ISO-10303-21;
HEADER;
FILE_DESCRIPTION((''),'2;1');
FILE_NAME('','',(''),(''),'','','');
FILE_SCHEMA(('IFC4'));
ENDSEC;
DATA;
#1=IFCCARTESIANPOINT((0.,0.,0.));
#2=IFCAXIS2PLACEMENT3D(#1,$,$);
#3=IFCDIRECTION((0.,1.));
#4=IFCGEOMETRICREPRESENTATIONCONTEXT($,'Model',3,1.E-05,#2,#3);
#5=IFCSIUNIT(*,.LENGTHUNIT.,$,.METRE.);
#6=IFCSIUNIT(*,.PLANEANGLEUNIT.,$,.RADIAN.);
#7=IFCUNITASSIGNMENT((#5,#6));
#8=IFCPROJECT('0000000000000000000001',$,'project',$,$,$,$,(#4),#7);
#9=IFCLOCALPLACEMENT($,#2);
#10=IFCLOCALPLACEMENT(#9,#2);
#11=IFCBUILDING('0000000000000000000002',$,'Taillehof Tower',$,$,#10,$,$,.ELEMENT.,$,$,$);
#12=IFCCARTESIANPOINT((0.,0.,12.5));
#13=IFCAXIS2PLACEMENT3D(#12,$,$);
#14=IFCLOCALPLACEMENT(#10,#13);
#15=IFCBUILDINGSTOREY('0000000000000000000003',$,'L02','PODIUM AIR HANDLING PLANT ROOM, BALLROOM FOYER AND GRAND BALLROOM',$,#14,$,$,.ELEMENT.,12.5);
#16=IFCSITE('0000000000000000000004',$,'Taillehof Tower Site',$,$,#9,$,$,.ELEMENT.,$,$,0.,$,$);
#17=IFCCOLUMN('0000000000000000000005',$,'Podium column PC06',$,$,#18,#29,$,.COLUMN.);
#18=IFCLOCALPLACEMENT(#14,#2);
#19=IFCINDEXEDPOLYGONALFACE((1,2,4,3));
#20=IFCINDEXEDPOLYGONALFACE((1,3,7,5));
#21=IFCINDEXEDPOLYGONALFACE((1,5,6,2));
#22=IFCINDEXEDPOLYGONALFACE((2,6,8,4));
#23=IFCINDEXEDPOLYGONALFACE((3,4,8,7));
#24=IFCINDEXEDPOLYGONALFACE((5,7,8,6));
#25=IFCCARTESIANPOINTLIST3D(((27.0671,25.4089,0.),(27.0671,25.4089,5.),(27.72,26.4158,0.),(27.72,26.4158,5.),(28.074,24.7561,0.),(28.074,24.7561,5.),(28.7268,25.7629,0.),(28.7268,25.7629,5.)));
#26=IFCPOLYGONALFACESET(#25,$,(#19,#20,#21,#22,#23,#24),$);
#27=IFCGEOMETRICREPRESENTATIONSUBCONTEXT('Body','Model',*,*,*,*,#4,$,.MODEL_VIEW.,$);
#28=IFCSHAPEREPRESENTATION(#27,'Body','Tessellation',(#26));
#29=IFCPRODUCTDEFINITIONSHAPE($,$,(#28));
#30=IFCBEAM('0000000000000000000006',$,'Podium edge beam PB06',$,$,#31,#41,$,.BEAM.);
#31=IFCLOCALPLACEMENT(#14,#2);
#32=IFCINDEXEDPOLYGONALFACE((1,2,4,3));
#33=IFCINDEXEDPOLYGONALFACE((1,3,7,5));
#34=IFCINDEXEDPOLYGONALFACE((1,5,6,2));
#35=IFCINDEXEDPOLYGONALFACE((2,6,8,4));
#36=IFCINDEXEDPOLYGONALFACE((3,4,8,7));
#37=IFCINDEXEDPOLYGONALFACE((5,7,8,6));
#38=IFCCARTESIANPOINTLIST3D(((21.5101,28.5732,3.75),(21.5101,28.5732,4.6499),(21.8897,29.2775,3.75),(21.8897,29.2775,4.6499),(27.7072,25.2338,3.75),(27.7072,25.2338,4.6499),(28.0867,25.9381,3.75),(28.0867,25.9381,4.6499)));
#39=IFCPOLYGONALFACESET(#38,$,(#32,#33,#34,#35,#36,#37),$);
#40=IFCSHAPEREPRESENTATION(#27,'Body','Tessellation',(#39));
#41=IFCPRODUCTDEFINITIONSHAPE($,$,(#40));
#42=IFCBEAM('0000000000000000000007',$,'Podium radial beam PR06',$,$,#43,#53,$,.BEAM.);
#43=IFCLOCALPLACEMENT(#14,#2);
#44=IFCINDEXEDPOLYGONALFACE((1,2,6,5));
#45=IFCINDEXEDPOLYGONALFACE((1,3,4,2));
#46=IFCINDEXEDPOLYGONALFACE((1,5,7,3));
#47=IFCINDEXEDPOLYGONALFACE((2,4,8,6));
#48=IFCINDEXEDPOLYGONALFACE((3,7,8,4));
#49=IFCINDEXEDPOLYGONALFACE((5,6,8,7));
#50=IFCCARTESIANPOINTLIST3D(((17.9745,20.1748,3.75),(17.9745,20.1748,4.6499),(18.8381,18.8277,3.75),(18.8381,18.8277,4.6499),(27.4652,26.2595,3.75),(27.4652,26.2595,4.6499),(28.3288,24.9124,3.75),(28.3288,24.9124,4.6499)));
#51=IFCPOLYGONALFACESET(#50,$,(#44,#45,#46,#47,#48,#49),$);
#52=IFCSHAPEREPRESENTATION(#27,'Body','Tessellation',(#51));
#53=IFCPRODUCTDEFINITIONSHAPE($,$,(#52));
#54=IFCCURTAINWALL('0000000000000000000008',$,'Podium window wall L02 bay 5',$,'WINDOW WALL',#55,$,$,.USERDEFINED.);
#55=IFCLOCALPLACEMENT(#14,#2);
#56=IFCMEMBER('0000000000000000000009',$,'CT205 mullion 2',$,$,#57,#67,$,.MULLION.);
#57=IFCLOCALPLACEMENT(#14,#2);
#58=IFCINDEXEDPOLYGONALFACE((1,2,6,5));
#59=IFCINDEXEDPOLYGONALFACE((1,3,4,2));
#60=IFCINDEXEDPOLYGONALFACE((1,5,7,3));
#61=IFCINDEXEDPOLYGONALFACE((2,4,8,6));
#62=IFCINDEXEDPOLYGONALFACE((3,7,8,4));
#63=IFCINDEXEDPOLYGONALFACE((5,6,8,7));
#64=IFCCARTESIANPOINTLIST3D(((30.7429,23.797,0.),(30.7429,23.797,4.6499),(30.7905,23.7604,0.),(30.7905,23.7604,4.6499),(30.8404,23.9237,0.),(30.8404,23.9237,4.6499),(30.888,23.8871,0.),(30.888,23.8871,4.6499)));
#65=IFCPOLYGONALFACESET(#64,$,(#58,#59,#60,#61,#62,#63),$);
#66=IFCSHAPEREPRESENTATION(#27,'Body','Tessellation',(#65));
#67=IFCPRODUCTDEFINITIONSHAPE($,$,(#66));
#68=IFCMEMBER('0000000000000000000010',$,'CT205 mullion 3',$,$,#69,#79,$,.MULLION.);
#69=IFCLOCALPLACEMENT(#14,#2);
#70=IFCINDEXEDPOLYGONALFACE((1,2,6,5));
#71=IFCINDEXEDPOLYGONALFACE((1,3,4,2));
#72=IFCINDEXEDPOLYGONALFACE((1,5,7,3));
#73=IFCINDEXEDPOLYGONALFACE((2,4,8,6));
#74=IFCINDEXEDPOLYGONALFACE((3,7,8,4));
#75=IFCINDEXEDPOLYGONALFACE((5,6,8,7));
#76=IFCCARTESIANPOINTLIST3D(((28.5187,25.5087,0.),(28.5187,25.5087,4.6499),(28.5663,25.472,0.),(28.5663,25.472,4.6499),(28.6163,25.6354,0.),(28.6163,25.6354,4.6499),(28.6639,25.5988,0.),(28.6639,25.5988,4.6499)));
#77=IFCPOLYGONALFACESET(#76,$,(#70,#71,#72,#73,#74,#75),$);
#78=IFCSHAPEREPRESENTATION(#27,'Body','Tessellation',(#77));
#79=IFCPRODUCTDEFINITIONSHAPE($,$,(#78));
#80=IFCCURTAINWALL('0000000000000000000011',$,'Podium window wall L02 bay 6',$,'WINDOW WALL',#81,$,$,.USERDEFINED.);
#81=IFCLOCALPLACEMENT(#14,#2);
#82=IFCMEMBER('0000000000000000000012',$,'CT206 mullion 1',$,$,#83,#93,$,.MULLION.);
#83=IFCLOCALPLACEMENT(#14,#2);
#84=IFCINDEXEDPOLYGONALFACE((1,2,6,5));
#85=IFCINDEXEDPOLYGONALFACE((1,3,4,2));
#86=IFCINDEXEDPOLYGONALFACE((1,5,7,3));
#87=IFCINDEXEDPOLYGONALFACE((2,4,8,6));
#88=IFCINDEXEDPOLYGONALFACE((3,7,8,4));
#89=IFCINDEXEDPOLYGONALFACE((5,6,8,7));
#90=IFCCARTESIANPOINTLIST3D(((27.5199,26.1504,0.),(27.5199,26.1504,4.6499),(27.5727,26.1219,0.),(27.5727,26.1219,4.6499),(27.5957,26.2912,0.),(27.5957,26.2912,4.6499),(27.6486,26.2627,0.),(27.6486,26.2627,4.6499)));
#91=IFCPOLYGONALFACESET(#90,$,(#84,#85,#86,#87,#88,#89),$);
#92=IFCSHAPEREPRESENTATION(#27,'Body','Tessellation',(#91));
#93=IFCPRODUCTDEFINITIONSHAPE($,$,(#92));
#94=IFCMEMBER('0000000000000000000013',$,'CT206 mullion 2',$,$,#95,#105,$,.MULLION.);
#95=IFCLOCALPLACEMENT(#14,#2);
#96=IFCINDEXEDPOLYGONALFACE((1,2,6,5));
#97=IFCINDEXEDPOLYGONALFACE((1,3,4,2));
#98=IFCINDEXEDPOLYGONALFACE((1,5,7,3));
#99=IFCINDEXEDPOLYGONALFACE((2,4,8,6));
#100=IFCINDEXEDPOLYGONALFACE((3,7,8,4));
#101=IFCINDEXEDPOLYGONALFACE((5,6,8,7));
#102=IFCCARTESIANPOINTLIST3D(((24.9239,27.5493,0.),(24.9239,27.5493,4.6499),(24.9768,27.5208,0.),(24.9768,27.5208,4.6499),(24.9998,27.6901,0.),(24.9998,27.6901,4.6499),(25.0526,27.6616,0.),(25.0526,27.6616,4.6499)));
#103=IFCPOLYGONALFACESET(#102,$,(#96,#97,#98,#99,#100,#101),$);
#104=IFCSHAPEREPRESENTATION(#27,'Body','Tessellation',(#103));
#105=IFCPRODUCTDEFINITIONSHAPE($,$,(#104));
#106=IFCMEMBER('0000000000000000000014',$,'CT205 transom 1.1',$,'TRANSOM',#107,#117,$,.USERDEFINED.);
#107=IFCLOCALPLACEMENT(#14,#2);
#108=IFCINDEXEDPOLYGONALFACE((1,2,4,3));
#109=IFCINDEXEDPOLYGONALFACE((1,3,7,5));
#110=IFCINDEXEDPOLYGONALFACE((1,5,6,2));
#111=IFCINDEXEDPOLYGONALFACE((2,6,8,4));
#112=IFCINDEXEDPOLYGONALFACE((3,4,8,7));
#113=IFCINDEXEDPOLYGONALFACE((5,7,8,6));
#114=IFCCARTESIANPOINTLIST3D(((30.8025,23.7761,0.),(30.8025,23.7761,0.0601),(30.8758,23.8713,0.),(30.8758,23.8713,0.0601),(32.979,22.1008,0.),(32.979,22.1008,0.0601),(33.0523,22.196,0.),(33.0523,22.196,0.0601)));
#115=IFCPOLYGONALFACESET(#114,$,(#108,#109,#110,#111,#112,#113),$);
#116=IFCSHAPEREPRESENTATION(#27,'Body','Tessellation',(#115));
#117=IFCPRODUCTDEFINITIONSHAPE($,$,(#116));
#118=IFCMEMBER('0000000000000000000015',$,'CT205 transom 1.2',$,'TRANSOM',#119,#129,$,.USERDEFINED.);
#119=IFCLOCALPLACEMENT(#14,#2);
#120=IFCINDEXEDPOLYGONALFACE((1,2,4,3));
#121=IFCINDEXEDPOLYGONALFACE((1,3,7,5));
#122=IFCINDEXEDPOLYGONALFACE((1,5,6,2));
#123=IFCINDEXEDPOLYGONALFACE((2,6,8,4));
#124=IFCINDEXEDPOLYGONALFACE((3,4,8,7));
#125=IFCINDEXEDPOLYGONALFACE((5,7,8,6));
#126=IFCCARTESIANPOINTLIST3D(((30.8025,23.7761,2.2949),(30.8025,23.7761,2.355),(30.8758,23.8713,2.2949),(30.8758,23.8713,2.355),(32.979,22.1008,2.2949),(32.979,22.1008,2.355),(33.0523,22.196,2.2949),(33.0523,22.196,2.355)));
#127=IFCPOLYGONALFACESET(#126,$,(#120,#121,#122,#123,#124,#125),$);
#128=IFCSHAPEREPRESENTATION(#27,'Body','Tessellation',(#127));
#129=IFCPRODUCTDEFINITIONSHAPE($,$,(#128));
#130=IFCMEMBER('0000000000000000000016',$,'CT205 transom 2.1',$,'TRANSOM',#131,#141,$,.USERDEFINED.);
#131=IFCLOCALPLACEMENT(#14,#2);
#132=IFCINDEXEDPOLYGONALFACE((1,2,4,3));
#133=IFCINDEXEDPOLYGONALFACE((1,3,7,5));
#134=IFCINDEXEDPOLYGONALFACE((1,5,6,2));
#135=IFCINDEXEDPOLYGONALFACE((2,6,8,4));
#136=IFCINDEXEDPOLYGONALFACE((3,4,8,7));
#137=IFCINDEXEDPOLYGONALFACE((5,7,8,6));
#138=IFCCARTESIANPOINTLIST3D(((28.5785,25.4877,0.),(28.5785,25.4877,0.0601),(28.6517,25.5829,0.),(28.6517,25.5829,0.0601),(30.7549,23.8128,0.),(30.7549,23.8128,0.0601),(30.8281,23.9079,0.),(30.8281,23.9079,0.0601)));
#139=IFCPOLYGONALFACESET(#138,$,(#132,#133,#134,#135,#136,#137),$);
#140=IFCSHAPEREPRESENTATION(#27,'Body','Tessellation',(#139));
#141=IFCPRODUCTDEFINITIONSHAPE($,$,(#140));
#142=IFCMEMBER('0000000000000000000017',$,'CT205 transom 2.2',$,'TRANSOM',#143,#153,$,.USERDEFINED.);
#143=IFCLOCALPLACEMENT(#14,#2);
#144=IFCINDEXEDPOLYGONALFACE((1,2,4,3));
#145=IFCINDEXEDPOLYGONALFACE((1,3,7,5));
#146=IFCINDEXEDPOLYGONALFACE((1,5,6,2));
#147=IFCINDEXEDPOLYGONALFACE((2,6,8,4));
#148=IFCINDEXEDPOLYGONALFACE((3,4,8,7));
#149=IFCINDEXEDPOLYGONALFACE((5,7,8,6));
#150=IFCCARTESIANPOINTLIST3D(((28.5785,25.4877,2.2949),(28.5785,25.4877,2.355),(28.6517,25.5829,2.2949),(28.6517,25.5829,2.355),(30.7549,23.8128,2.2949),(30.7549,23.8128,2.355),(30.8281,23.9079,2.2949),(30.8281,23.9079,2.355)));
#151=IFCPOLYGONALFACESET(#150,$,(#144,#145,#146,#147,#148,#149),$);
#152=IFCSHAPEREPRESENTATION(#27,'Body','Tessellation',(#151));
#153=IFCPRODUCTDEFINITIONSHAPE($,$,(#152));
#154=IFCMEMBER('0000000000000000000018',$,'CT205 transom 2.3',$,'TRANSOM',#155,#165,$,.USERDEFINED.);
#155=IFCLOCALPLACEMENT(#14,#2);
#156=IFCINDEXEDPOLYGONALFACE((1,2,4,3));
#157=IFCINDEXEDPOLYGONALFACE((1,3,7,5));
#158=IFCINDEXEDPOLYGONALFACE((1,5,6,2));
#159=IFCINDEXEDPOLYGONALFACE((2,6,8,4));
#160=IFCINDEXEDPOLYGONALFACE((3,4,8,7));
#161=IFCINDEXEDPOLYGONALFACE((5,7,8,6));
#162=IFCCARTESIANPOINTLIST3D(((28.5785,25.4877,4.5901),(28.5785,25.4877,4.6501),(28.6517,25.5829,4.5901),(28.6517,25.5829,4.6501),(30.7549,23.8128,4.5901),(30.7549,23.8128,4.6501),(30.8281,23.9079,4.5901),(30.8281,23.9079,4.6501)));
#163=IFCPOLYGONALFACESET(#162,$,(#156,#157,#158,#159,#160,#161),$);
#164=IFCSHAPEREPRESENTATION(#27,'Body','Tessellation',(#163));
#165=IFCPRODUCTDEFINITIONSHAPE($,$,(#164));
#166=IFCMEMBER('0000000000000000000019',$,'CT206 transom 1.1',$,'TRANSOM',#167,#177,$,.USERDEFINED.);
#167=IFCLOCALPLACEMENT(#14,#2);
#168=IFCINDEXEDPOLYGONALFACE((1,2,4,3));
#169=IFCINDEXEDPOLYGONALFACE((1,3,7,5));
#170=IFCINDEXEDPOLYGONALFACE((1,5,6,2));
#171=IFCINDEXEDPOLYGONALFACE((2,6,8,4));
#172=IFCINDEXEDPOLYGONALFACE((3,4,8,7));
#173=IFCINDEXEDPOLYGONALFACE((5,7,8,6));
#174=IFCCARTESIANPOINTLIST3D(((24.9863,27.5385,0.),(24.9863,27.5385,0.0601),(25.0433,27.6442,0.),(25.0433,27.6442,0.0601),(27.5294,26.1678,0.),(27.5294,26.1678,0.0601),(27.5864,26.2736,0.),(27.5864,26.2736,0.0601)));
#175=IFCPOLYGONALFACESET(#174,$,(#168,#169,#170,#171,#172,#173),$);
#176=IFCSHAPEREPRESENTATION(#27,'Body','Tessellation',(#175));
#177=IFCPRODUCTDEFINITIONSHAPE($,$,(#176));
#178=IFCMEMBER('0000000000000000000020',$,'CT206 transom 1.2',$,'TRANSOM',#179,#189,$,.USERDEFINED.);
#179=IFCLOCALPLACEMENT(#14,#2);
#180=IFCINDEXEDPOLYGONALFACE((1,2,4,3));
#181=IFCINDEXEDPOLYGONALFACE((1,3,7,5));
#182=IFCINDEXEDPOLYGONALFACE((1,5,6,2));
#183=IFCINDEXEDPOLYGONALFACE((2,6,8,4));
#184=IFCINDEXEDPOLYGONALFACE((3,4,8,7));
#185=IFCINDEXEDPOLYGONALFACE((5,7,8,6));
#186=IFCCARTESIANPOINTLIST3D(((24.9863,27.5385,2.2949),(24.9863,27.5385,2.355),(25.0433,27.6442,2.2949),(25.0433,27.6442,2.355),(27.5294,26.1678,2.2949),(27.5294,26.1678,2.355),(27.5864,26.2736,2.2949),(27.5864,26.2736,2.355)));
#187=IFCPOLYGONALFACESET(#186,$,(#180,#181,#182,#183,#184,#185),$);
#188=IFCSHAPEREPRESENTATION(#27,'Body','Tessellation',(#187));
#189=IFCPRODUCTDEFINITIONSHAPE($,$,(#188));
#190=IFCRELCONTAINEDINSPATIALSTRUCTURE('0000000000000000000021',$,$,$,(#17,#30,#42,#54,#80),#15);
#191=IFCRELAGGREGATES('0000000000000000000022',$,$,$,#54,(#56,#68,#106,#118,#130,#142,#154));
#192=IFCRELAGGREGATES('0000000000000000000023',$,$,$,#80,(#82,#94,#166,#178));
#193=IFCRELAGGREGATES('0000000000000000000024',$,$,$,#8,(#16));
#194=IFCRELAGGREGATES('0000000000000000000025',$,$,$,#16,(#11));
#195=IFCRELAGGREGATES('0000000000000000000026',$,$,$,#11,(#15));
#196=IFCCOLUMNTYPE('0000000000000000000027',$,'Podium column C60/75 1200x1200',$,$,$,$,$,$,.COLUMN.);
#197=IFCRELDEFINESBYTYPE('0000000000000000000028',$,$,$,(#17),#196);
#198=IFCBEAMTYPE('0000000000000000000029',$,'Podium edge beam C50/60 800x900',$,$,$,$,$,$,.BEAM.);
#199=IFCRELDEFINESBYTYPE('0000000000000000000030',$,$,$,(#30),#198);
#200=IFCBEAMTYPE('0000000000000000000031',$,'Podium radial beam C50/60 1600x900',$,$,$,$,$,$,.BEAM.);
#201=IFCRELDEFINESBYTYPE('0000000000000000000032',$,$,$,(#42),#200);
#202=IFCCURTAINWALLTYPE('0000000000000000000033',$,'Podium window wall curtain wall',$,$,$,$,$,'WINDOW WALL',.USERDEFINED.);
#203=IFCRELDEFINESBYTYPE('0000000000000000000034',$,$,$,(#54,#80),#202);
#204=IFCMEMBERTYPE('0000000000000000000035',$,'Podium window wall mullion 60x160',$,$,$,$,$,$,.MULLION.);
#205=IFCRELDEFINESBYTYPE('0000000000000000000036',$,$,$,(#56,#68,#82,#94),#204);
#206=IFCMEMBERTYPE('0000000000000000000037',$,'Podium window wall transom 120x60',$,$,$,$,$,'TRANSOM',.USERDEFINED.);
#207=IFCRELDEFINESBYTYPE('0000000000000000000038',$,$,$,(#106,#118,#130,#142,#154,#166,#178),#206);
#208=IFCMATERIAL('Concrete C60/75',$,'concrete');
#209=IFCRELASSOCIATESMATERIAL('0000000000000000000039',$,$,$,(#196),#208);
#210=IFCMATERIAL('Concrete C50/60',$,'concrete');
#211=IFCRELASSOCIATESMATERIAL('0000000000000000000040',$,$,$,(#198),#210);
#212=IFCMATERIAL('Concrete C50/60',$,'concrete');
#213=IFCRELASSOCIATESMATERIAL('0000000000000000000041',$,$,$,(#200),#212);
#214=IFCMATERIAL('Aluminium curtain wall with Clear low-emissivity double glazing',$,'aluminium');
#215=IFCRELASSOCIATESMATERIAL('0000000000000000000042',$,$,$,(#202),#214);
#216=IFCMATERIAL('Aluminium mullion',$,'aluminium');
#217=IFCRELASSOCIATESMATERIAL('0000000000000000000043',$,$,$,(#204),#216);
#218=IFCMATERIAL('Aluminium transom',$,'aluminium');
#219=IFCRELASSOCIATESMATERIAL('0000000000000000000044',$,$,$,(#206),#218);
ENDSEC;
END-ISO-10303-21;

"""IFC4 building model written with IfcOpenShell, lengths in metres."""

from ifc_helpers import new_model, si_unit, direction, frame, origin, origin_2d, place, context, subcontext, project, spatial, rectangle, extrude, material, material_profile, profile_set, type_object, element, aggregate, save


model = new_model("IFC4")

# Units and contexts
model_context = context("Model", 3, precision=1e-05, world=origin(), true_north=direction((0.0, 1.0)))
body_context = subcontext(model_context, "Body", "Model", "MODEL_VIEW")
ifc_project = project(units=[si_unit("LENGTHUNIT", "METRE"), si_unit("PLANEANGLEUNIT", "RADIAN")], contexts=[model_context])

# Site, building, storey
site_placement = place(None, origin())
site = spatial("IfcSite", under=ifc_project, at=site_placement, Name="Taillehof Tower Site", CompositionType="ELEMENT", RefElevation=0.0)
building_placement = place(site_placement, origin())
building = spatial("IfcBuilding", under=site, at=building_placement, Name="Taillehof Tower", CompositionType="ELEMENT")
storey_placement = place(building_placement, frame((0.0, 0.0, 12.5)))
storey = spatial("IfcBuildingStorey", under=building, at=storey_placement, Name="L02", Description="PODIUM AIR HANDLING PLANT ROOM, BALLROOM FOYER AND GRAND BALLROOM", CompositionType="ELEMENT", Elevation=12.5)

# Column
ifc_material_1 = material(Name="Concrete C60/75", Category="concrete")
ifc_material_profile_1 = material_profile(ifc_material_1, rectangle(XDim=1.2, YDim=1.2, at=origin_2d()), Name="RC 1200x1200")
ifc_profile_set_1 = profile_set([ifc_material_profile_1], Name="Concrete C60/75")
column_type = type_object("IfcColumnType", Name="Podium column C60/75 1200x1200", PredefinedType="COLUMN", material=ifc_profile_set_1)
column_placement = place(storey_placement, frame((27.897, 25.5859, 0.0), z_axis=(0.0, 0.0, 1.0), x_axis=(0.544041, 0.839058, 0.0)))
element("IfcColumn", 1, at=column_placement, inside=storey, type_object=column_type, Name="Podium column PC06", PredefinedType="COLUMN", context=body_context, shape_type="SweptSolid", body=[
    extrude(rectangle(XDim=1.2, YDim=1.2, at=origin_2d()), origin(), (0.0, 0.0, 1.0), 5.0),
])

# Beams
ifc_material_2 = material(Name="Concrete C50/60", Category="concrete")
ifc_material_profile_2 = material_profile(ifc_material_2, rectangle(XDim=0.8, YDim=0.8999, at=origin_2d()), Name="RC 800x900")
ifc_profile_set_2 = profile_set([ifc_material_profile_2], Name="Concrete C50/60")
beam_type_1 = type_object("IfcBeamType", Name="Podium edge beam C50/60 800x900", PredefinedType="BEAM", material=ifc_profile_set_2)
beam_1_placement = place(storey_placement, frame((27.897, 25.5859, 4.2), z_axis=(-0.880323, 0.474375, 0.0), x_axis=(-0.474375, -0.880323, 0.0)))
element("IfcBeam", 2, at=beam_1_placement, inside=storey, type_object=beam_type_1, Name="Podium edge beam PB06", PredefinedType="BEAM", context=body_context, shape_type="SweptSolid", body=[
    extrude(rectangle(XDim=0.8, YDim=0.8999, at=origin_2d()), origin(), (0.0, 0.0, 1.0), 7.0396),
])
ifc_material_3 = material(Name="Concrete C50/60", Category="concrete")
ifc_material_profile_3 = material_profile(ifc_material_3, rectangle(XDim=1.6001, YDim=0.8999, at=origin_2d()), Name="RC 1600x900")
ifc_profile_set_3 = profile_set([ifc_material_profile_3], Name="Concrete C50/60")
beam_type_2 = type_object("IfcBeamType", Name="Podium radial beam C50/60 1600x900", PredefinedType="BEAM", material=ifc_profile_set_3)
beam_2_placement = place(storey_placement, frame((27.897, 25.5859, 4.2), z_axis=(-0.841842, -0.539724, 0.0), x_axis=(0.539724, -0.841842, 0.0)))
element("IfcBeam", 3, at=beam_2_placement, inside=storey, type_object=beam_type_2, Name="Podium radial beam PR06", PredefinedType="BEAM", context=body_context, shape_type="SweptSolid", body=[
    extrude(rectangle(XDim=1.6001, YDim=0.8999, at=origin_2d()), origin(), (0.0, 0.0, 1.0), 11.2737),
])

# Curtain walls, members
ifc_material_4 = material(Name="Aluminium curtain wall with Clear low-emissivity double glazing", Category="aluminium")
curtain_wall_type = type_object("IfcCurtainWallType", Name="Podium window wall curtain wall", ElementType="WINDOW WALL", PredefinedType="USERDEFINED", material=ifc_material_4)
curtain_wall_1_placement = place(storey_placement, origin())
curtain_wall_1 = element("IfcCurtainWall", 4, at=curtain_wall_1_placement, inside=storey, type_object=curtain_wall_type, Name="Podium window wall L02 bay 5", ObjectType="WINDOW WALL", PredefinedType="USERDEFINED")
ifc_material_5 = material(Name="Aluminium mullion", Category="aluminium")
ifc_material_profile_4 = material_profile(ifc_material_5, rectangle(XDim=0.1599, YDim=0.0601, at=origin_2d()), Name="AL 60x160")
ifc_profile_set_4 = profile_set([ifc_material_profile_4], Name="Aluminium mullion")
member_type_1 = type_object("IfcMemberType", Name="Podium window wall mullion 60x160", PredefinedType="MULLION", material=ifc_profile_set_4)
member_1_placement = place(storey_placement, frame((30.8154, 23.842, 0.0), z_axis=(0.0, 0.0, 1.0), x_axis=(-0.609932, -0.792454, 0.0)))
member_1 = element("IfcMember", 5, at=member_1_placement, type_object=member_type_1, Name="CT205 mullion 2", PredefinedType="MULLION", context=body_context, shape_type="SweptSolid", body=[
    extrude(rectangle(XDim=0.1599, YDim=0.0601, at=origin_2d()), origin(), (0.0, 0.0, 1.0), 4.6499),
])
member_2_placement = place(storey_placement, frame((28.5913, 25.5537, 0.0), z_axis=(0.0, 0.0, 1.0), x_axis=(-0.609932, -0.792454, 0.0)))
member_2 = element("IfcMember", 6, at=member_2_placement, type_object=member_type_1, Name="CT205 mullion 3", PredefinedType="MULLION", context=body_context, shape_type="SweptSolid", body=[
    extrude(rectangle(XDim=0.1599, YDim=0.0601, at=origin_2d()), origin(), (0.0, 0.0, 1.0), 4.6499),
])
curtain_wall_2_placement = place(storey_placement, origin())
curtain_wall_2 = element("IfcCurtainWall", 7, at=curtain_wall_2_placement, inside=storey, type_object=curtain_wall_type, Name="Podium window wall L02 bay 6", ObjectType="WINDOW WALL", PredefinedType="USERDEFINED")
member_3_placement = place(storey_placement, frame((27.5842, 26.2065, 0.0), z_axis=(0.0, 0.0, 1.0), x_axis=(-0.474415, -0.880301, 0.0)))
member_3 = element("IfcMember", 8, at=member_3_placement, type_object=member_type_1, Name="CT206 mullion 1", PredefinedType="MULLION", context=body_context, shape_type="SweptSolid", body=[
    extrude(rectangle(XDim=0.1599, YDim=0.0601, at=origin_2d()), origin(), (0.0, 0.0, 1.0), 4.6499),
])
member_4_placement = place(storey_placement, frame((24.9883, 27.6055, 0.0), z_axis=(0.0, 0.0, 1.0), x_axis=(-0.474415, -0.880301, 0.0)))
member_4 = element("IfcMember", 9, at=member_4_placement, type_object=member_type_1, Name="CT206 mullion 2", PredefinedType="MULLION", context=body_context, shape_type="SweptSolid", body=[
    extrude(rectangle(XDim=0.1599, YDim=0.0601, at=origin_2d()), origin(), (0.0, 0.0, 1.0), 4.6499),
])

# Members
ifc_material_6 = material(Name="Aluminium transom", Category="aluminium")
ifc_material_profile_5 = material_profile(ifc_material_6, rectangle(XDim=0.1201, YDim=0.0601, at=origin_2d()), Name="AL 120x60")
ifc_profile_set_5 = profile_set([ifc_material_profile_5], Name="Aluminium transom")
member_type_2 = type_object("IfcMemberType", Name="Podium window wall transom 120x60", ElementType="TRANSOM", PredefinedType="USERDEFINED", material=ifc_profile_set_5)
member_5_placement = place(storey_placement, frame((33.0156, 22.1484, 0.03), z_axis=(-0.792439, 0.609951, 0.0), x_axis=(-0.609951, -0.792439, 0.0)))
member_5 = element("IfcMember", 10, at=member_5_placement, type_object=member_type_2, Name="CT205 transom 1.1", ObjectType="TRANSOM", PredefinedType="USERDEFINED", context=body_context, shape_type="SweptSolid", body=[
    extrude(rectangle(XDim=0.1201, YDim=0.0601, at=origin_2d()), origin(), (0.0, 0.0, 1.0), 2.7466),
])
member_6_placement = place(storey_placement, frame((33.0156, 22.1484, 2.325), z_axis=(-0.792439, 0.609951, 0.0), x_axis=(-0.609951, -0.792439, 0.0)))
member_6 = element("IfcMember", 11, at=member_6_placement, type_object=member_type_2, Name="CT205 transom 1.2", ObjectType="TRANSOM", PredefinedType="USERDEFINED", context=body_context, shape_type="SweptSolid", body=[
    extrude(rectangle(XDim=0.1201, YDim=0.0601, at=origin_2d()), origin(), (0.0, 0.0, 1.0), 2.7466),
])
member_7_placement = place(storey_placement, frame((30.7915, 23.8604, 0.03), z_axis=(-0.792482, 0.609895, 0.0), x_axis=(-0.609895, -0.792482, 0.0)))
member_7 = element("IfcMember", 12, at=member_7_placement, type_object=member_type_2, Name="CT205 transom 2.1", ObjectType="TRANSOM", PredefinedType="USERDEFINED", context=body_context, shape_type="SweptSolid", body=[
    extrude(rectangle(XDim=0.1201, YDim=0.0601, at=origin_2d()), origin(), (0.0, 0.0, 1.0), 2.7463),
])
member_8_placement = place(storey_placement, frame((30.7915, 23.8604, 2.325), z_axis=(-0.792482, 0.609895, 0.0), x_axis=(-0.609895, -0.792482, 0.0)))
member_8 = element("IfcMember", 13, at=member_8_placement, type_object=member_type_2, Name="CT205 transom 2.2", ObjectType="TRANSOM", PredefinedType="USERDEFINED", context=body_context, shape_type="SweptSolid", body=[
    extrude(rectangle(XDim=0.1201, YDim=0.0601, at=origin_2d()), origin(), (0.0, 0.0, 1.0), 2.7463),
])
member_9_placement = place(storey_placement, frame((30.7915, 23.8604, 4.6201), z_axis=(-0.792482, 0.609895, 0.0), x_axis=(-0.609895, -0.792482, 0.0)))
member_9 = element("IfcMember", 14, at=member_9_placement, type_object=member_type_2, Name="CT205 transom 2.3", ObjectType="TRANSOM", PredefinedType="USERDEFINED", context=body_context, shape_type="SweptSolid", body=[
    extrude(rectangle(XDim=0.1201, YDim=0.0601, at=origin_2d()), origin(), (0.0, 0.0, 1.0), 2.7463),
])
member_10_placement = place(storey_placement, frame((27.5579, 26.2207, 0.03), z_axis=(-0.880281, 0.474453, 0.0), x_axis=(-0.474453, -0.880281, 0.0)))
member_10 = element("IfcMember", 15, at=member_10_placement, type_object=member_type_2, Name="CT206 transom 1.1", ObjectType="TRANSOM", PredefinedType="USERDEFINED", context=body_context, shape_type="SweptSolid", body=[
    extrude(rectangle(XDim=0.1201, YDim=0.0601, at=origin_2d()), origin(), (0.0, 0.0, 1.0), 2.8889),
])
member_11_placement = place(storey_placement, frame((27.5579, 26.2207, 2.325), z_axis=(-0.880281, 0.474453, 0.0), x_axis=(-0.474453, -0.880281, 0.0)))
member_11 = element("IfcMember", 16, at=member_11_placement, type_object=member_type_2, Name="CT206 transom 1.2", ObjectType="TRANSOM", PredefinedType="USERDEFINED", context=body_context, shape_type="SweptSolid", body=[
    extrude(rectangle(XDim=0.1201, YDim=0.0601, at=origin_2d()), origin(), (0.0, 0.0, 1.0), 2.8889),
])

aggregate(curtain_wall_1, [member_1, member_2, member_5, member_6, member_7, member_8, member_9])
aggregate(curtain_wall_2, [member_3, member_4, member_10, member_11])

save(model, "model.ifc")
